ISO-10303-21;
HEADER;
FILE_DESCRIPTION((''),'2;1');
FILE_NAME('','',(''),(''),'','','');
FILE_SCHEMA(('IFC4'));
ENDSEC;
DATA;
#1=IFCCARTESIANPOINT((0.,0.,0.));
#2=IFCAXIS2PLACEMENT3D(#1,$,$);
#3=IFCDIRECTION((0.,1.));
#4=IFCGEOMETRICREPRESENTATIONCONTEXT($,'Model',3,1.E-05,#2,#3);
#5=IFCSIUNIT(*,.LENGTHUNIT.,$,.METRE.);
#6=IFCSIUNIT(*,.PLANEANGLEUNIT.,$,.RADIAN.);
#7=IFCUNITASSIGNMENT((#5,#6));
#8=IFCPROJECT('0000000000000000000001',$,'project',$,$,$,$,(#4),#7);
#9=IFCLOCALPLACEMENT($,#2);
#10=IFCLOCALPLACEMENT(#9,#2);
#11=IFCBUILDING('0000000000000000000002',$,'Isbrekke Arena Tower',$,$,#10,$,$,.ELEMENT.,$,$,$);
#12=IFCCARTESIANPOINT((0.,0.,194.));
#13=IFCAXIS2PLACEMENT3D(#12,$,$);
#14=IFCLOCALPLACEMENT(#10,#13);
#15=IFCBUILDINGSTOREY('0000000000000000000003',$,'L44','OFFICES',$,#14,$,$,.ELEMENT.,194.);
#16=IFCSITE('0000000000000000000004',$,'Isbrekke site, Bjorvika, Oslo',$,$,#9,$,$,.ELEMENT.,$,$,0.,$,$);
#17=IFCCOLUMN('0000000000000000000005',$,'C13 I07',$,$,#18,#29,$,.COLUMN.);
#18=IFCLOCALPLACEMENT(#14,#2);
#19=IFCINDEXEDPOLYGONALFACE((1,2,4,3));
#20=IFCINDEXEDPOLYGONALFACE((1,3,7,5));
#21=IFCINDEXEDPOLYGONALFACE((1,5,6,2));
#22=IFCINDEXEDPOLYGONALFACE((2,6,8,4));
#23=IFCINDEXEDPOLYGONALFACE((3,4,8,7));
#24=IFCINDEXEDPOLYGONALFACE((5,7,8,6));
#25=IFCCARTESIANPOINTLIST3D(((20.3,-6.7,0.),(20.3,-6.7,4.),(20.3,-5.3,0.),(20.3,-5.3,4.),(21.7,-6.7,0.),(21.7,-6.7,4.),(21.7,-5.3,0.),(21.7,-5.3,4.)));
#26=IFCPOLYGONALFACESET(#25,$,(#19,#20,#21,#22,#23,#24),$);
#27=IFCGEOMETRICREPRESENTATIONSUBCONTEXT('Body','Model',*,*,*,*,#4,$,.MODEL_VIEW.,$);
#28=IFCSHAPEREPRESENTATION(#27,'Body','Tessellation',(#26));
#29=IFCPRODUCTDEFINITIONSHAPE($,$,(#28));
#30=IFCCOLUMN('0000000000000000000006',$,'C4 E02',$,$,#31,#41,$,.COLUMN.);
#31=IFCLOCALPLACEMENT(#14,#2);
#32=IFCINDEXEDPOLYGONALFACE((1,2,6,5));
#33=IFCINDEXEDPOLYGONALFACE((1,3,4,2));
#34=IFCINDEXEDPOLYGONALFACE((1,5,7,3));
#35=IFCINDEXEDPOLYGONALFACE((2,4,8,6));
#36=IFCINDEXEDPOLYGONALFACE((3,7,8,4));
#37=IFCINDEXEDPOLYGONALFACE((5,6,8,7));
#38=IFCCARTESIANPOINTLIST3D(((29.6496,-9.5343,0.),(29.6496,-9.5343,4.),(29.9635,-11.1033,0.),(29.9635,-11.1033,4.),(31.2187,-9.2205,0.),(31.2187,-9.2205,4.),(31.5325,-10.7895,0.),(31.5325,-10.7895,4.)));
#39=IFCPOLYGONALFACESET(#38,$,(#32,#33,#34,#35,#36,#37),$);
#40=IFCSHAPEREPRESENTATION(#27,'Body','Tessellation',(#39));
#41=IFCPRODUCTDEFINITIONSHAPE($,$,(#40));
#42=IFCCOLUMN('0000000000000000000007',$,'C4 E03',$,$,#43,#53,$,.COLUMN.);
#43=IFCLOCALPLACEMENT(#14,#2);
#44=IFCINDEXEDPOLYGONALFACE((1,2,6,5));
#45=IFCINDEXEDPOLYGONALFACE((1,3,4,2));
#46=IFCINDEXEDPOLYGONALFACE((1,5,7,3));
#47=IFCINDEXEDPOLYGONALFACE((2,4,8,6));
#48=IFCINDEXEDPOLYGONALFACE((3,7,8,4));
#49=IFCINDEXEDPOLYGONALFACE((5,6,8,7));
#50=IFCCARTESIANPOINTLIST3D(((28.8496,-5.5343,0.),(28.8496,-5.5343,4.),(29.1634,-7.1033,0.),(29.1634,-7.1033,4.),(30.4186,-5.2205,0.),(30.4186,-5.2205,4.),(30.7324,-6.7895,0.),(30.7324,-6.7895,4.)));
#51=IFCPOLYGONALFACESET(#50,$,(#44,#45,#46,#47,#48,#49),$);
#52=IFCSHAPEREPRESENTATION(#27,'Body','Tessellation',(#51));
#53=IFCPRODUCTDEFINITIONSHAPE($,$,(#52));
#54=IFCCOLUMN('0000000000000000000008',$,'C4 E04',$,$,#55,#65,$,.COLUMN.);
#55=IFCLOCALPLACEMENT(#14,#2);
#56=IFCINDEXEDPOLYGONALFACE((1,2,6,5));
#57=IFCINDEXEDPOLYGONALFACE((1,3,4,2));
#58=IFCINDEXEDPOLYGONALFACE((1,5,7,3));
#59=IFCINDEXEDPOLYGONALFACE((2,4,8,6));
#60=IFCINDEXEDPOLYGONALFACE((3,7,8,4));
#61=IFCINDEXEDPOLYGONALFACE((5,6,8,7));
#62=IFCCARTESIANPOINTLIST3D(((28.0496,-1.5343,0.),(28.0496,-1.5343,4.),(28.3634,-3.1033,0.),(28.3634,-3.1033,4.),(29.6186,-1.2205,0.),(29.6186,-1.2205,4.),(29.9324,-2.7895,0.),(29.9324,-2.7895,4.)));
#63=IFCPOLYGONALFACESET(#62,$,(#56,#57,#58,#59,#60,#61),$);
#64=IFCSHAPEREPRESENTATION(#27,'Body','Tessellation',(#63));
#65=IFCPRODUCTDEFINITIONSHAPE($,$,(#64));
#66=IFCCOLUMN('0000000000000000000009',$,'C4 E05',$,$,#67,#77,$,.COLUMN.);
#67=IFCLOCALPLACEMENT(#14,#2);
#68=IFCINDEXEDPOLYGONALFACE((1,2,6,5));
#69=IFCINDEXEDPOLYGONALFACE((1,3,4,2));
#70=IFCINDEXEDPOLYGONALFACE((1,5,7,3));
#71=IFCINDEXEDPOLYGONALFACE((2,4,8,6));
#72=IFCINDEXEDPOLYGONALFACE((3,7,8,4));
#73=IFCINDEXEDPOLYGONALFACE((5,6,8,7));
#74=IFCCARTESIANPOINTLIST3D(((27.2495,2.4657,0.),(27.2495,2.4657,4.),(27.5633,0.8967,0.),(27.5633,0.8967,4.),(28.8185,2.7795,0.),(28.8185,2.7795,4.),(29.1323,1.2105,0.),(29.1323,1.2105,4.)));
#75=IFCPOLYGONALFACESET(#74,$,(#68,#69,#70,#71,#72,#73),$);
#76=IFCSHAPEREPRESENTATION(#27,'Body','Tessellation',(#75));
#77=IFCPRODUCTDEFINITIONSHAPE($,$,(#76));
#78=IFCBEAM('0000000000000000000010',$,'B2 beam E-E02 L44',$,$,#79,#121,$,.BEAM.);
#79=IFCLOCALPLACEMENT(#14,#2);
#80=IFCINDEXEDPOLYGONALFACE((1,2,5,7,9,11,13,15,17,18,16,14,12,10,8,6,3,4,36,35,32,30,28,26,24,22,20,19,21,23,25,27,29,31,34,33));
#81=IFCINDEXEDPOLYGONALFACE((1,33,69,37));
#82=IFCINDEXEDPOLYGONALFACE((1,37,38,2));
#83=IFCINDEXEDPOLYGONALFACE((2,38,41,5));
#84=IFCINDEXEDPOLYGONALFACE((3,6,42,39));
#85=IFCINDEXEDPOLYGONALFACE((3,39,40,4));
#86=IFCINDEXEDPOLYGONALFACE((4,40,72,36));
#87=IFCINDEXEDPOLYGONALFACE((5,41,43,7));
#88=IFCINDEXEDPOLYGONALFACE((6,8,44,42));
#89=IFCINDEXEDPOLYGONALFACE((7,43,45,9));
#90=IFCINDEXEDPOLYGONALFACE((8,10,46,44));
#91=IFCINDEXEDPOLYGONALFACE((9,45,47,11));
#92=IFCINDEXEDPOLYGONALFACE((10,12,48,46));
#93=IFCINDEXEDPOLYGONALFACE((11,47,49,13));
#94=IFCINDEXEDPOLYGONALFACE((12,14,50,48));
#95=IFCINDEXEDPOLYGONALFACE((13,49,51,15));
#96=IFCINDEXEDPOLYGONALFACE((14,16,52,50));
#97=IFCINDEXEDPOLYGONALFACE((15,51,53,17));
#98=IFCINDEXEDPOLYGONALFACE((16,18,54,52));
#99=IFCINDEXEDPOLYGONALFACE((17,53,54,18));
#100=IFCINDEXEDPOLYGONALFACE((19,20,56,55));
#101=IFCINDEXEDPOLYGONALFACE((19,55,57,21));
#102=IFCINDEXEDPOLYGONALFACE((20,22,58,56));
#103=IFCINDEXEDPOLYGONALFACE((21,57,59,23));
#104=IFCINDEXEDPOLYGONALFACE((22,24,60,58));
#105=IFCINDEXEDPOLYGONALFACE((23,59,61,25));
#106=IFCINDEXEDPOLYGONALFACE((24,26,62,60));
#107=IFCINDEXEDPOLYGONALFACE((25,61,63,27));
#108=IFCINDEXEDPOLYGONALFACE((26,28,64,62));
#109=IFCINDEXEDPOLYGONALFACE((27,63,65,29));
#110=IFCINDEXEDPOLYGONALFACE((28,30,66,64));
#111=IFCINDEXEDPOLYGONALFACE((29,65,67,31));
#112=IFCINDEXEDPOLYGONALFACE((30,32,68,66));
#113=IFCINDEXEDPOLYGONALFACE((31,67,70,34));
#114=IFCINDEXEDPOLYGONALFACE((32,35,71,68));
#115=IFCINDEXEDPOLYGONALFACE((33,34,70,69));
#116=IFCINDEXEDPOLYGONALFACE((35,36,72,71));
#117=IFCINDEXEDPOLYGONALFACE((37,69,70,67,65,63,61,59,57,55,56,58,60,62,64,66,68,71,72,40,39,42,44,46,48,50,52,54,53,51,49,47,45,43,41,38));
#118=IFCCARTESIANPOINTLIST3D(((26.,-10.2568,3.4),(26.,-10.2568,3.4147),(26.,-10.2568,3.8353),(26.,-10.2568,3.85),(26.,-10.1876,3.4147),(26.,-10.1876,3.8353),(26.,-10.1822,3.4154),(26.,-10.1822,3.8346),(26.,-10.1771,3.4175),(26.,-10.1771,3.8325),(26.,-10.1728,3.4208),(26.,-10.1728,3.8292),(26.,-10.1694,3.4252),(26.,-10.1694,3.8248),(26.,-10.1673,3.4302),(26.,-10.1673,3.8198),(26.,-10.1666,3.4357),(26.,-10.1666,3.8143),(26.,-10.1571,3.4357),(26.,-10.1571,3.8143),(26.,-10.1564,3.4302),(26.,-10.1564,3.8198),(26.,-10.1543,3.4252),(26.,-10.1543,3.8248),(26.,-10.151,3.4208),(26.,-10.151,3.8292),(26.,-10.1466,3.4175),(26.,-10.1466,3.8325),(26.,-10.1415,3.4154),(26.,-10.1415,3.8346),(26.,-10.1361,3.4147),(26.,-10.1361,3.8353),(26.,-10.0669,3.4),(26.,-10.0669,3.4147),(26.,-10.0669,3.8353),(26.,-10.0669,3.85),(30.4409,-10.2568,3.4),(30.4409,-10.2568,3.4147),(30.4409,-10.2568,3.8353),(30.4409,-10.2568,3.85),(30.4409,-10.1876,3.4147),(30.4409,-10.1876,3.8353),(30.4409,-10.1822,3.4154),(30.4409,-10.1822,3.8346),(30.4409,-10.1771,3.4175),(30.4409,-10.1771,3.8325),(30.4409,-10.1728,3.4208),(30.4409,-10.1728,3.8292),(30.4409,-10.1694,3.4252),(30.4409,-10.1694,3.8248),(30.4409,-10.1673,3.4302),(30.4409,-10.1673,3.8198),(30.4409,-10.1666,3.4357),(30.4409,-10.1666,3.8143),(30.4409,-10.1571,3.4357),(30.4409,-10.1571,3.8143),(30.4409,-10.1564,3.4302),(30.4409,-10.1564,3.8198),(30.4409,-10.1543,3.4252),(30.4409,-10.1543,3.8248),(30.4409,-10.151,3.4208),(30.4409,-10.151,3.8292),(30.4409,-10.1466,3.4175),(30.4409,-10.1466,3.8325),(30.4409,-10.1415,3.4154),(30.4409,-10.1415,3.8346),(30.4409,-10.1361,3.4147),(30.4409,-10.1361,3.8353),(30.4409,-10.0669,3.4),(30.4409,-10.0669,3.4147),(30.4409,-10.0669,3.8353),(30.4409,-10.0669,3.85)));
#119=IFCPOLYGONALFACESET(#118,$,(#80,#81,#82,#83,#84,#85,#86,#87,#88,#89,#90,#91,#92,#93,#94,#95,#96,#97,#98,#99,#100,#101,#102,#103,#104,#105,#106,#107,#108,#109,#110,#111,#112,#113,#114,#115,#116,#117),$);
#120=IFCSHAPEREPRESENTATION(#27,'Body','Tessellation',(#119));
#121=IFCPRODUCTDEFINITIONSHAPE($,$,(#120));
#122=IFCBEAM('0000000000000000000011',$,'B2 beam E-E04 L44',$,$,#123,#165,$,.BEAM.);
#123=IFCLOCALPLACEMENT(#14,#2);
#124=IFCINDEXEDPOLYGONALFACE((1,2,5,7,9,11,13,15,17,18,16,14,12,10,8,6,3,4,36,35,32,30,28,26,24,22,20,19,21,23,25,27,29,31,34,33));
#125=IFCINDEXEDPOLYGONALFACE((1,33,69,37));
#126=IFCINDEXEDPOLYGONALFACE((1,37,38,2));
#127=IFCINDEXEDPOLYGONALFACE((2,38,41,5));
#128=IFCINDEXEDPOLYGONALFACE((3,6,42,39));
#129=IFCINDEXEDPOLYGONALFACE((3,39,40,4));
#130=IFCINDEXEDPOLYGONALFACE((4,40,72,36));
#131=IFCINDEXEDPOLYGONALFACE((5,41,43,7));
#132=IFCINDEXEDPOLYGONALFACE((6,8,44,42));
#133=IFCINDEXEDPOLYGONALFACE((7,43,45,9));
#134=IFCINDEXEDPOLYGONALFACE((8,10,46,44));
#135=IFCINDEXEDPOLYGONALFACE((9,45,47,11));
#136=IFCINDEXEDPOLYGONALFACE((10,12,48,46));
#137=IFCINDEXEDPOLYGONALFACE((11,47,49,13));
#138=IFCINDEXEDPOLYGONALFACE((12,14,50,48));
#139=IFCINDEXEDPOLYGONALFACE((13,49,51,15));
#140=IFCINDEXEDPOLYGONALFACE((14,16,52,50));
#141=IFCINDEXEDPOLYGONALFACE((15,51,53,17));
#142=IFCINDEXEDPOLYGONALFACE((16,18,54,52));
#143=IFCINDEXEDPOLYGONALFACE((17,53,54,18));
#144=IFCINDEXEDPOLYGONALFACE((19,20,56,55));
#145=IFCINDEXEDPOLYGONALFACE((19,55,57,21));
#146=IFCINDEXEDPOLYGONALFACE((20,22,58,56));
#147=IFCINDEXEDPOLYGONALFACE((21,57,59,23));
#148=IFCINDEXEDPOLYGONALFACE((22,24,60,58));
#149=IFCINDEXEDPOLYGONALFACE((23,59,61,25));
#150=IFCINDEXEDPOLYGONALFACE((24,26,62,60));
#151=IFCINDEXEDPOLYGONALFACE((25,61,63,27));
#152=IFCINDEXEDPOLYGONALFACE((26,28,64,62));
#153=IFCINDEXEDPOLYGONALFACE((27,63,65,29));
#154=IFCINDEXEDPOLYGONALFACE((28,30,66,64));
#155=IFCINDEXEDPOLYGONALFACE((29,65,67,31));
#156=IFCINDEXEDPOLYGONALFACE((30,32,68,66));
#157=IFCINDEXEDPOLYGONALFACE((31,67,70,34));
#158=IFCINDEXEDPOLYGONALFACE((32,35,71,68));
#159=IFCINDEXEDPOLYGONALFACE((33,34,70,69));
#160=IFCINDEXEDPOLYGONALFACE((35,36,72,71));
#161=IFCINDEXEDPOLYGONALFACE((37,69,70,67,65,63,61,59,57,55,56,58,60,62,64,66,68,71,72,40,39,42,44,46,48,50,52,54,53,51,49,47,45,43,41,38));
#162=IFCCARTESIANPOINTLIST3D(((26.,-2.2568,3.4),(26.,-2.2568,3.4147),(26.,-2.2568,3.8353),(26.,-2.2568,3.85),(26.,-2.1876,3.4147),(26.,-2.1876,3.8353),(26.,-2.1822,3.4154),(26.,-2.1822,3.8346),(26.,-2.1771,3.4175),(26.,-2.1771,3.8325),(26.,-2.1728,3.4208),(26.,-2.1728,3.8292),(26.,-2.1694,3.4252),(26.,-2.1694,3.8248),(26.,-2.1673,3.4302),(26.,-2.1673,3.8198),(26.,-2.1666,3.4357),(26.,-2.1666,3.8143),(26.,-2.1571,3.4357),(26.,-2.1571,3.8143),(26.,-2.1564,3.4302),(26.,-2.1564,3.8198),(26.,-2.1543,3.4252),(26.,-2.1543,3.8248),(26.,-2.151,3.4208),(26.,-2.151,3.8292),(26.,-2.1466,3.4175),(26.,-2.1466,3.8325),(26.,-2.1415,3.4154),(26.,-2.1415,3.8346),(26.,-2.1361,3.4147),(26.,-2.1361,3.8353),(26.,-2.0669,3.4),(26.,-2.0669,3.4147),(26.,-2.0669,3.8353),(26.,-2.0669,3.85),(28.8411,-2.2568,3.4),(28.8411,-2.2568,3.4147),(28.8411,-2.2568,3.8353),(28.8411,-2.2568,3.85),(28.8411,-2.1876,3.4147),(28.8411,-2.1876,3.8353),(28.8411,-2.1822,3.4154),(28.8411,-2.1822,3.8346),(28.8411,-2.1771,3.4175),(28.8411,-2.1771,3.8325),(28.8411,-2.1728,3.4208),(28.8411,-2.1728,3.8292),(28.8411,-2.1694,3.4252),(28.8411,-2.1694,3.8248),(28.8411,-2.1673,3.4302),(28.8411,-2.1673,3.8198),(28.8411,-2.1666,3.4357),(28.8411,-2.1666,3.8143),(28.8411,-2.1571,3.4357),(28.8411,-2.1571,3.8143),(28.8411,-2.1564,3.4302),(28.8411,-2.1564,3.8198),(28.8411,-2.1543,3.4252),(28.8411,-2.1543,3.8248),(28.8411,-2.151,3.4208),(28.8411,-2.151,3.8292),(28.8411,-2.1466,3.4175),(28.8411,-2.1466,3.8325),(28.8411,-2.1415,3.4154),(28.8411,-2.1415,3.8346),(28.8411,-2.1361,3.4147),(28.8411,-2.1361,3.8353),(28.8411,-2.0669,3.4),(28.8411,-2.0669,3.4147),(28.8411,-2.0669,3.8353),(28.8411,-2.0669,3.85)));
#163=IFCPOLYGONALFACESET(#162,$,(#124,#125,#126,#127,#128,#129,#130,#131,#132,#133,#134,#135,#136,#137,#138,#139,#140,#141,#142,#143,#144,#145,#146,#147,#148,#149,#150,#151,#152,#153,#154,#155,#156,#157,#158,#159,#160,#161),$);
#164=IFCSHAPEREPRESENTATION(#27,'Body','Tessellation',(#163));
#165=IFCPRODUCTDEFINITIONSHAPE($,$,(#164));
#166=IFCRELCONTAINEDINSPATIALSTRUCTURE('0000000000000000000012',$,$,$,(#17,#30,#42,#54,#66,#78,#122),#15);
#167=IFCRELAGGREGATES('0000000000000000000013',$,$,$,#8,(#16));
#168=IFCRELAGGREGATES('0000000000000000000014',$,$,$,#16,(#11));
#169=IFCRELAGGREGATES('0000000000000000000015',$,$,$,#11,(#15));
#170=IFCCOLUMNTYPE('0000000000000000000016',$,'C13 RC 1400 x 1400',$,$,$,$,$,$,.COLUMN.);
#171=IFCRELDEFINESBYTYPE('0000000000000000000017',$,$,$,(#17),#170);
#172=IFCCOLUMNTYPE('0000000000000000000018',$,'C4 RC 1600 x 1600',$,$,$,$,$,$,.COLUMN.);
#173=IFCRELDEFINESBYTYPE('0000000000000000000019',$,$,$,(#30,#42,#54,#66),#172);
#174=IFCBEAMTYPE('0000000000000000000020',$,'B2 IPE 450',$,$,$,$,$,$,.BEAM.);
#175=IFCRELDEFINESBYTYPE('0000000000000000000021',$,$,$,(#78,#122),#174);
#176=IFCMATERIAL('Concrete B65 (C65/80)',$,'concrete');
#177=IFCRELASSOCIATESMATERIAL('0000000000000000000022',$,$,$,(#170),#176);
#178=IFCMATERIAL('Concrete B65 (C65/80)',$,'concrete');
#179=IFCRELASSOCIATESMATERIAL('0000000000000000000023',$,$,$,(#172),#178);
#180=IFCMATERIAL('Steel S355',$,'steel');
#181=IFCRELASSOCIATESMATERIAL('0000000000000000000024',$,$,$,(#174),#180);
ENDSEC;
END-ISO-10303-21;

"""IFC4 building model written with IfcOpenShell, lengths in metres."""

from ifc_helpers import new_model, si_unit, direction, frame, origin, origin_2d, place, context, subcontext, project, spatial, rectangle, i_section, extrude, material, material_profile, profile_set, type_object, element, save


model = new_model("IFC4")

# Units and contexts
model_context = context("Model", 3, precision=1e-05, world=origin(), true_north=direction((0.0, 1.0)))
body_context = subcontext(model_context, "Body", "Model", "MODEL_VIEW")
ifc_project = project(units=[si_unit("LENGTHUNIT", "METRE"), si_unit("PLANEANGLEUNIT", "RADIAN")], contexts=[model_context])

# Site, building, storey
site_placement = place(None, origin())
site = spatial("IfcSite", under=ifc_project, at=site_placement, Name="Isbrekke site, Bjorvika, Oslo", CompositionType="ELEMENT", RefElevation=0.0)
building_placement = place(site_placement, origin())
building = spatial("IfcBuilding", under=site, at=building_placement, Name="Isbrekke Arena Tower", CompositionType="ELEMENT")
storey_placement = place(building_placement, frame((0.0, 0.0, 194.0)))
storey = spatial("IfcBuildingStorey", under=building, at=storey_placement, Name="L44", Description="OFFICES", CompositionType="ELEMENT", Elevation=194.0)

# Columns
ifc_material_1 = material(Name="Concrete B65 (C65/80)", Category="concrete")
ifc_material_profile_1 = material_profile(ifc_material_1, rectangle(XDim=1.3999, YDim=1.3999, at=origin_2d()), Name="RC 1400x1400")
ifc_profile_set_1 = profile_set([ifc_material_profile_1], Name="Concrete B65 (C65/80)")
column_type_1 = type_object("IfcColumnType", Name="C13 RC 1400 x 1400", PredefinedType="COLUMN", material=ifc_profile_set_1)
column_placement = place(storey_placement, frame((21.0, -6.0, 0.0), z_axis=(0.0, 0.0, 1.0), x_axis=(1.0, 0.0, 0.0)))
element("IfcColumn", 1, at=column_placement, inside=storey, type_object=column_type_1, Name="C13 I07", PredefinedType="COLUMN", context=body_context, shape_type="SweptSolid", body=[
    extrude(rectangle(XDim=1.3999, YDim=1.3999, at=origin_2d()), origin(), (0.0, 0.0, 1.0), 4.0),
])
ifc_material_2 = material(Name="Concrete B65 (C65/80)", Category="concrete")
ifc_material_profile_2 = material_profile(ifc_material_2, rectangle(XDim=1.6001, YDim=1.6001, at=origin_2d()), Name="RC 1600x1600")
ifc_profile_set_2 = profile_set([ifc_material_profile_2], Name="Concrete B65 (C65/80)")
column_type_2 = type_object("IfcColumnType", Name="C4 RC 1600 x 1600", PredefinedType="COLUMN", material=ifc_profile_set_2)
for number, where, z_axis, x_axis, name in (
    (2, (30.5911, -10.1619, 0.0), (0.0, 0.0, 1.0), (-0.196116, 0.980581, 0.0), "C4 E02"),
    (3, (29.791, -6.1619, 0.0), (0.0, 0.0, 1.0), (-0.196116, 0.980581, 0.0), "C4 E03"),
    (4, (28.991, -2.1619, 0.0), (0.0, 0.0, 1.0), (-0.196116, 0.980581, 0.0), "C4 E04"),
    (5, (28.1909, 1.8381, 0.0), (0.0, 0.0, 1.0), (-0.196116, 0.980581, 0.0), "C4 E05"),
):
    element("IfcColumn", number, at=place(storey_placement, frame(where, z_axis=z_axis, x_axis=x_axis)), inside=storey, type_object=column_type_2, Name=name, PredefinedType="COLUMN", context=body_context, shape_type="SweptSolid", body=[
        extrude(rectangle(XDim=1.6001, YDim=1.6001, at=origin_2d()), origin(), (0.0, 0.0, 1.0), 4.0),
    ])

# Beams
ifc_material_3 = material(Name="Steel S355", Category="steel")
ifc_material_profile_3 = material_profile(ifc_material_3, i_section(OverallWidth=0.1899, OverallDepth=0.45, WebThickness=0.0095, FlangeThickness=0.0146, FilletRadius=0.021, at=origin_2d()), Name="IPE 450")
ifc_profile_set_3 = profile_set([ifc_material_profile_3], Name="Steel S355")
beam_type_1 = type_object("IfcBeamType", Name="B2 IPE 450", PredefinedType="BEAM", material=ifc_profile_set_3)
beam_1_placement = place(storey_placement, frame((30.4409, -10.1619, 3.625), z_axis=(-1.0, 0.0, 0.0), x_axis=(0.0, -1.0, 0.0)))
element("IfcBeam", 6, at=beam_1_placement, inside=storey, type_object=beam_type_1, Name="B2 beam E-E02 L44", PredefinedType="BEAM", context=body_context, shape_type="SweptSolid", body=[
    extrude(i_section(OverallWidth=0.1899, OverallDepth=0.45, WebThickness=0.0095, FlangeThickness=0.0146, FilletRadius=0.021, at=origin_2d()), origin(), (0.0, 0.0, 1.0), 4.4409),
])
beam_2_placement = place(storey_placement, frame((28.8411, -2.1619, 3.625), z_axis=(-1.0, 0.0, 0.0), x_axis=(0.0, -1.0, 0.0)))
element("IfcBeam", 7, at=beam_2_placement, inside=storey, type_object=beam_type_1, Name="B2 beam E-E04 L44", PredefinedType="BEAM", context=body_context, shape_type="SweptSolid", body=[
    extrude(i_section(OverallWidth=0.1899, OverallDepth=0.45, WebThickness=0.0095, FlangeThickness=0.0146, FilletRadius=0.021, at=origin_2d()), origin(), (0.0, 0.0, 1.0), 2.8411),
])

save(model, "model.ifc")
